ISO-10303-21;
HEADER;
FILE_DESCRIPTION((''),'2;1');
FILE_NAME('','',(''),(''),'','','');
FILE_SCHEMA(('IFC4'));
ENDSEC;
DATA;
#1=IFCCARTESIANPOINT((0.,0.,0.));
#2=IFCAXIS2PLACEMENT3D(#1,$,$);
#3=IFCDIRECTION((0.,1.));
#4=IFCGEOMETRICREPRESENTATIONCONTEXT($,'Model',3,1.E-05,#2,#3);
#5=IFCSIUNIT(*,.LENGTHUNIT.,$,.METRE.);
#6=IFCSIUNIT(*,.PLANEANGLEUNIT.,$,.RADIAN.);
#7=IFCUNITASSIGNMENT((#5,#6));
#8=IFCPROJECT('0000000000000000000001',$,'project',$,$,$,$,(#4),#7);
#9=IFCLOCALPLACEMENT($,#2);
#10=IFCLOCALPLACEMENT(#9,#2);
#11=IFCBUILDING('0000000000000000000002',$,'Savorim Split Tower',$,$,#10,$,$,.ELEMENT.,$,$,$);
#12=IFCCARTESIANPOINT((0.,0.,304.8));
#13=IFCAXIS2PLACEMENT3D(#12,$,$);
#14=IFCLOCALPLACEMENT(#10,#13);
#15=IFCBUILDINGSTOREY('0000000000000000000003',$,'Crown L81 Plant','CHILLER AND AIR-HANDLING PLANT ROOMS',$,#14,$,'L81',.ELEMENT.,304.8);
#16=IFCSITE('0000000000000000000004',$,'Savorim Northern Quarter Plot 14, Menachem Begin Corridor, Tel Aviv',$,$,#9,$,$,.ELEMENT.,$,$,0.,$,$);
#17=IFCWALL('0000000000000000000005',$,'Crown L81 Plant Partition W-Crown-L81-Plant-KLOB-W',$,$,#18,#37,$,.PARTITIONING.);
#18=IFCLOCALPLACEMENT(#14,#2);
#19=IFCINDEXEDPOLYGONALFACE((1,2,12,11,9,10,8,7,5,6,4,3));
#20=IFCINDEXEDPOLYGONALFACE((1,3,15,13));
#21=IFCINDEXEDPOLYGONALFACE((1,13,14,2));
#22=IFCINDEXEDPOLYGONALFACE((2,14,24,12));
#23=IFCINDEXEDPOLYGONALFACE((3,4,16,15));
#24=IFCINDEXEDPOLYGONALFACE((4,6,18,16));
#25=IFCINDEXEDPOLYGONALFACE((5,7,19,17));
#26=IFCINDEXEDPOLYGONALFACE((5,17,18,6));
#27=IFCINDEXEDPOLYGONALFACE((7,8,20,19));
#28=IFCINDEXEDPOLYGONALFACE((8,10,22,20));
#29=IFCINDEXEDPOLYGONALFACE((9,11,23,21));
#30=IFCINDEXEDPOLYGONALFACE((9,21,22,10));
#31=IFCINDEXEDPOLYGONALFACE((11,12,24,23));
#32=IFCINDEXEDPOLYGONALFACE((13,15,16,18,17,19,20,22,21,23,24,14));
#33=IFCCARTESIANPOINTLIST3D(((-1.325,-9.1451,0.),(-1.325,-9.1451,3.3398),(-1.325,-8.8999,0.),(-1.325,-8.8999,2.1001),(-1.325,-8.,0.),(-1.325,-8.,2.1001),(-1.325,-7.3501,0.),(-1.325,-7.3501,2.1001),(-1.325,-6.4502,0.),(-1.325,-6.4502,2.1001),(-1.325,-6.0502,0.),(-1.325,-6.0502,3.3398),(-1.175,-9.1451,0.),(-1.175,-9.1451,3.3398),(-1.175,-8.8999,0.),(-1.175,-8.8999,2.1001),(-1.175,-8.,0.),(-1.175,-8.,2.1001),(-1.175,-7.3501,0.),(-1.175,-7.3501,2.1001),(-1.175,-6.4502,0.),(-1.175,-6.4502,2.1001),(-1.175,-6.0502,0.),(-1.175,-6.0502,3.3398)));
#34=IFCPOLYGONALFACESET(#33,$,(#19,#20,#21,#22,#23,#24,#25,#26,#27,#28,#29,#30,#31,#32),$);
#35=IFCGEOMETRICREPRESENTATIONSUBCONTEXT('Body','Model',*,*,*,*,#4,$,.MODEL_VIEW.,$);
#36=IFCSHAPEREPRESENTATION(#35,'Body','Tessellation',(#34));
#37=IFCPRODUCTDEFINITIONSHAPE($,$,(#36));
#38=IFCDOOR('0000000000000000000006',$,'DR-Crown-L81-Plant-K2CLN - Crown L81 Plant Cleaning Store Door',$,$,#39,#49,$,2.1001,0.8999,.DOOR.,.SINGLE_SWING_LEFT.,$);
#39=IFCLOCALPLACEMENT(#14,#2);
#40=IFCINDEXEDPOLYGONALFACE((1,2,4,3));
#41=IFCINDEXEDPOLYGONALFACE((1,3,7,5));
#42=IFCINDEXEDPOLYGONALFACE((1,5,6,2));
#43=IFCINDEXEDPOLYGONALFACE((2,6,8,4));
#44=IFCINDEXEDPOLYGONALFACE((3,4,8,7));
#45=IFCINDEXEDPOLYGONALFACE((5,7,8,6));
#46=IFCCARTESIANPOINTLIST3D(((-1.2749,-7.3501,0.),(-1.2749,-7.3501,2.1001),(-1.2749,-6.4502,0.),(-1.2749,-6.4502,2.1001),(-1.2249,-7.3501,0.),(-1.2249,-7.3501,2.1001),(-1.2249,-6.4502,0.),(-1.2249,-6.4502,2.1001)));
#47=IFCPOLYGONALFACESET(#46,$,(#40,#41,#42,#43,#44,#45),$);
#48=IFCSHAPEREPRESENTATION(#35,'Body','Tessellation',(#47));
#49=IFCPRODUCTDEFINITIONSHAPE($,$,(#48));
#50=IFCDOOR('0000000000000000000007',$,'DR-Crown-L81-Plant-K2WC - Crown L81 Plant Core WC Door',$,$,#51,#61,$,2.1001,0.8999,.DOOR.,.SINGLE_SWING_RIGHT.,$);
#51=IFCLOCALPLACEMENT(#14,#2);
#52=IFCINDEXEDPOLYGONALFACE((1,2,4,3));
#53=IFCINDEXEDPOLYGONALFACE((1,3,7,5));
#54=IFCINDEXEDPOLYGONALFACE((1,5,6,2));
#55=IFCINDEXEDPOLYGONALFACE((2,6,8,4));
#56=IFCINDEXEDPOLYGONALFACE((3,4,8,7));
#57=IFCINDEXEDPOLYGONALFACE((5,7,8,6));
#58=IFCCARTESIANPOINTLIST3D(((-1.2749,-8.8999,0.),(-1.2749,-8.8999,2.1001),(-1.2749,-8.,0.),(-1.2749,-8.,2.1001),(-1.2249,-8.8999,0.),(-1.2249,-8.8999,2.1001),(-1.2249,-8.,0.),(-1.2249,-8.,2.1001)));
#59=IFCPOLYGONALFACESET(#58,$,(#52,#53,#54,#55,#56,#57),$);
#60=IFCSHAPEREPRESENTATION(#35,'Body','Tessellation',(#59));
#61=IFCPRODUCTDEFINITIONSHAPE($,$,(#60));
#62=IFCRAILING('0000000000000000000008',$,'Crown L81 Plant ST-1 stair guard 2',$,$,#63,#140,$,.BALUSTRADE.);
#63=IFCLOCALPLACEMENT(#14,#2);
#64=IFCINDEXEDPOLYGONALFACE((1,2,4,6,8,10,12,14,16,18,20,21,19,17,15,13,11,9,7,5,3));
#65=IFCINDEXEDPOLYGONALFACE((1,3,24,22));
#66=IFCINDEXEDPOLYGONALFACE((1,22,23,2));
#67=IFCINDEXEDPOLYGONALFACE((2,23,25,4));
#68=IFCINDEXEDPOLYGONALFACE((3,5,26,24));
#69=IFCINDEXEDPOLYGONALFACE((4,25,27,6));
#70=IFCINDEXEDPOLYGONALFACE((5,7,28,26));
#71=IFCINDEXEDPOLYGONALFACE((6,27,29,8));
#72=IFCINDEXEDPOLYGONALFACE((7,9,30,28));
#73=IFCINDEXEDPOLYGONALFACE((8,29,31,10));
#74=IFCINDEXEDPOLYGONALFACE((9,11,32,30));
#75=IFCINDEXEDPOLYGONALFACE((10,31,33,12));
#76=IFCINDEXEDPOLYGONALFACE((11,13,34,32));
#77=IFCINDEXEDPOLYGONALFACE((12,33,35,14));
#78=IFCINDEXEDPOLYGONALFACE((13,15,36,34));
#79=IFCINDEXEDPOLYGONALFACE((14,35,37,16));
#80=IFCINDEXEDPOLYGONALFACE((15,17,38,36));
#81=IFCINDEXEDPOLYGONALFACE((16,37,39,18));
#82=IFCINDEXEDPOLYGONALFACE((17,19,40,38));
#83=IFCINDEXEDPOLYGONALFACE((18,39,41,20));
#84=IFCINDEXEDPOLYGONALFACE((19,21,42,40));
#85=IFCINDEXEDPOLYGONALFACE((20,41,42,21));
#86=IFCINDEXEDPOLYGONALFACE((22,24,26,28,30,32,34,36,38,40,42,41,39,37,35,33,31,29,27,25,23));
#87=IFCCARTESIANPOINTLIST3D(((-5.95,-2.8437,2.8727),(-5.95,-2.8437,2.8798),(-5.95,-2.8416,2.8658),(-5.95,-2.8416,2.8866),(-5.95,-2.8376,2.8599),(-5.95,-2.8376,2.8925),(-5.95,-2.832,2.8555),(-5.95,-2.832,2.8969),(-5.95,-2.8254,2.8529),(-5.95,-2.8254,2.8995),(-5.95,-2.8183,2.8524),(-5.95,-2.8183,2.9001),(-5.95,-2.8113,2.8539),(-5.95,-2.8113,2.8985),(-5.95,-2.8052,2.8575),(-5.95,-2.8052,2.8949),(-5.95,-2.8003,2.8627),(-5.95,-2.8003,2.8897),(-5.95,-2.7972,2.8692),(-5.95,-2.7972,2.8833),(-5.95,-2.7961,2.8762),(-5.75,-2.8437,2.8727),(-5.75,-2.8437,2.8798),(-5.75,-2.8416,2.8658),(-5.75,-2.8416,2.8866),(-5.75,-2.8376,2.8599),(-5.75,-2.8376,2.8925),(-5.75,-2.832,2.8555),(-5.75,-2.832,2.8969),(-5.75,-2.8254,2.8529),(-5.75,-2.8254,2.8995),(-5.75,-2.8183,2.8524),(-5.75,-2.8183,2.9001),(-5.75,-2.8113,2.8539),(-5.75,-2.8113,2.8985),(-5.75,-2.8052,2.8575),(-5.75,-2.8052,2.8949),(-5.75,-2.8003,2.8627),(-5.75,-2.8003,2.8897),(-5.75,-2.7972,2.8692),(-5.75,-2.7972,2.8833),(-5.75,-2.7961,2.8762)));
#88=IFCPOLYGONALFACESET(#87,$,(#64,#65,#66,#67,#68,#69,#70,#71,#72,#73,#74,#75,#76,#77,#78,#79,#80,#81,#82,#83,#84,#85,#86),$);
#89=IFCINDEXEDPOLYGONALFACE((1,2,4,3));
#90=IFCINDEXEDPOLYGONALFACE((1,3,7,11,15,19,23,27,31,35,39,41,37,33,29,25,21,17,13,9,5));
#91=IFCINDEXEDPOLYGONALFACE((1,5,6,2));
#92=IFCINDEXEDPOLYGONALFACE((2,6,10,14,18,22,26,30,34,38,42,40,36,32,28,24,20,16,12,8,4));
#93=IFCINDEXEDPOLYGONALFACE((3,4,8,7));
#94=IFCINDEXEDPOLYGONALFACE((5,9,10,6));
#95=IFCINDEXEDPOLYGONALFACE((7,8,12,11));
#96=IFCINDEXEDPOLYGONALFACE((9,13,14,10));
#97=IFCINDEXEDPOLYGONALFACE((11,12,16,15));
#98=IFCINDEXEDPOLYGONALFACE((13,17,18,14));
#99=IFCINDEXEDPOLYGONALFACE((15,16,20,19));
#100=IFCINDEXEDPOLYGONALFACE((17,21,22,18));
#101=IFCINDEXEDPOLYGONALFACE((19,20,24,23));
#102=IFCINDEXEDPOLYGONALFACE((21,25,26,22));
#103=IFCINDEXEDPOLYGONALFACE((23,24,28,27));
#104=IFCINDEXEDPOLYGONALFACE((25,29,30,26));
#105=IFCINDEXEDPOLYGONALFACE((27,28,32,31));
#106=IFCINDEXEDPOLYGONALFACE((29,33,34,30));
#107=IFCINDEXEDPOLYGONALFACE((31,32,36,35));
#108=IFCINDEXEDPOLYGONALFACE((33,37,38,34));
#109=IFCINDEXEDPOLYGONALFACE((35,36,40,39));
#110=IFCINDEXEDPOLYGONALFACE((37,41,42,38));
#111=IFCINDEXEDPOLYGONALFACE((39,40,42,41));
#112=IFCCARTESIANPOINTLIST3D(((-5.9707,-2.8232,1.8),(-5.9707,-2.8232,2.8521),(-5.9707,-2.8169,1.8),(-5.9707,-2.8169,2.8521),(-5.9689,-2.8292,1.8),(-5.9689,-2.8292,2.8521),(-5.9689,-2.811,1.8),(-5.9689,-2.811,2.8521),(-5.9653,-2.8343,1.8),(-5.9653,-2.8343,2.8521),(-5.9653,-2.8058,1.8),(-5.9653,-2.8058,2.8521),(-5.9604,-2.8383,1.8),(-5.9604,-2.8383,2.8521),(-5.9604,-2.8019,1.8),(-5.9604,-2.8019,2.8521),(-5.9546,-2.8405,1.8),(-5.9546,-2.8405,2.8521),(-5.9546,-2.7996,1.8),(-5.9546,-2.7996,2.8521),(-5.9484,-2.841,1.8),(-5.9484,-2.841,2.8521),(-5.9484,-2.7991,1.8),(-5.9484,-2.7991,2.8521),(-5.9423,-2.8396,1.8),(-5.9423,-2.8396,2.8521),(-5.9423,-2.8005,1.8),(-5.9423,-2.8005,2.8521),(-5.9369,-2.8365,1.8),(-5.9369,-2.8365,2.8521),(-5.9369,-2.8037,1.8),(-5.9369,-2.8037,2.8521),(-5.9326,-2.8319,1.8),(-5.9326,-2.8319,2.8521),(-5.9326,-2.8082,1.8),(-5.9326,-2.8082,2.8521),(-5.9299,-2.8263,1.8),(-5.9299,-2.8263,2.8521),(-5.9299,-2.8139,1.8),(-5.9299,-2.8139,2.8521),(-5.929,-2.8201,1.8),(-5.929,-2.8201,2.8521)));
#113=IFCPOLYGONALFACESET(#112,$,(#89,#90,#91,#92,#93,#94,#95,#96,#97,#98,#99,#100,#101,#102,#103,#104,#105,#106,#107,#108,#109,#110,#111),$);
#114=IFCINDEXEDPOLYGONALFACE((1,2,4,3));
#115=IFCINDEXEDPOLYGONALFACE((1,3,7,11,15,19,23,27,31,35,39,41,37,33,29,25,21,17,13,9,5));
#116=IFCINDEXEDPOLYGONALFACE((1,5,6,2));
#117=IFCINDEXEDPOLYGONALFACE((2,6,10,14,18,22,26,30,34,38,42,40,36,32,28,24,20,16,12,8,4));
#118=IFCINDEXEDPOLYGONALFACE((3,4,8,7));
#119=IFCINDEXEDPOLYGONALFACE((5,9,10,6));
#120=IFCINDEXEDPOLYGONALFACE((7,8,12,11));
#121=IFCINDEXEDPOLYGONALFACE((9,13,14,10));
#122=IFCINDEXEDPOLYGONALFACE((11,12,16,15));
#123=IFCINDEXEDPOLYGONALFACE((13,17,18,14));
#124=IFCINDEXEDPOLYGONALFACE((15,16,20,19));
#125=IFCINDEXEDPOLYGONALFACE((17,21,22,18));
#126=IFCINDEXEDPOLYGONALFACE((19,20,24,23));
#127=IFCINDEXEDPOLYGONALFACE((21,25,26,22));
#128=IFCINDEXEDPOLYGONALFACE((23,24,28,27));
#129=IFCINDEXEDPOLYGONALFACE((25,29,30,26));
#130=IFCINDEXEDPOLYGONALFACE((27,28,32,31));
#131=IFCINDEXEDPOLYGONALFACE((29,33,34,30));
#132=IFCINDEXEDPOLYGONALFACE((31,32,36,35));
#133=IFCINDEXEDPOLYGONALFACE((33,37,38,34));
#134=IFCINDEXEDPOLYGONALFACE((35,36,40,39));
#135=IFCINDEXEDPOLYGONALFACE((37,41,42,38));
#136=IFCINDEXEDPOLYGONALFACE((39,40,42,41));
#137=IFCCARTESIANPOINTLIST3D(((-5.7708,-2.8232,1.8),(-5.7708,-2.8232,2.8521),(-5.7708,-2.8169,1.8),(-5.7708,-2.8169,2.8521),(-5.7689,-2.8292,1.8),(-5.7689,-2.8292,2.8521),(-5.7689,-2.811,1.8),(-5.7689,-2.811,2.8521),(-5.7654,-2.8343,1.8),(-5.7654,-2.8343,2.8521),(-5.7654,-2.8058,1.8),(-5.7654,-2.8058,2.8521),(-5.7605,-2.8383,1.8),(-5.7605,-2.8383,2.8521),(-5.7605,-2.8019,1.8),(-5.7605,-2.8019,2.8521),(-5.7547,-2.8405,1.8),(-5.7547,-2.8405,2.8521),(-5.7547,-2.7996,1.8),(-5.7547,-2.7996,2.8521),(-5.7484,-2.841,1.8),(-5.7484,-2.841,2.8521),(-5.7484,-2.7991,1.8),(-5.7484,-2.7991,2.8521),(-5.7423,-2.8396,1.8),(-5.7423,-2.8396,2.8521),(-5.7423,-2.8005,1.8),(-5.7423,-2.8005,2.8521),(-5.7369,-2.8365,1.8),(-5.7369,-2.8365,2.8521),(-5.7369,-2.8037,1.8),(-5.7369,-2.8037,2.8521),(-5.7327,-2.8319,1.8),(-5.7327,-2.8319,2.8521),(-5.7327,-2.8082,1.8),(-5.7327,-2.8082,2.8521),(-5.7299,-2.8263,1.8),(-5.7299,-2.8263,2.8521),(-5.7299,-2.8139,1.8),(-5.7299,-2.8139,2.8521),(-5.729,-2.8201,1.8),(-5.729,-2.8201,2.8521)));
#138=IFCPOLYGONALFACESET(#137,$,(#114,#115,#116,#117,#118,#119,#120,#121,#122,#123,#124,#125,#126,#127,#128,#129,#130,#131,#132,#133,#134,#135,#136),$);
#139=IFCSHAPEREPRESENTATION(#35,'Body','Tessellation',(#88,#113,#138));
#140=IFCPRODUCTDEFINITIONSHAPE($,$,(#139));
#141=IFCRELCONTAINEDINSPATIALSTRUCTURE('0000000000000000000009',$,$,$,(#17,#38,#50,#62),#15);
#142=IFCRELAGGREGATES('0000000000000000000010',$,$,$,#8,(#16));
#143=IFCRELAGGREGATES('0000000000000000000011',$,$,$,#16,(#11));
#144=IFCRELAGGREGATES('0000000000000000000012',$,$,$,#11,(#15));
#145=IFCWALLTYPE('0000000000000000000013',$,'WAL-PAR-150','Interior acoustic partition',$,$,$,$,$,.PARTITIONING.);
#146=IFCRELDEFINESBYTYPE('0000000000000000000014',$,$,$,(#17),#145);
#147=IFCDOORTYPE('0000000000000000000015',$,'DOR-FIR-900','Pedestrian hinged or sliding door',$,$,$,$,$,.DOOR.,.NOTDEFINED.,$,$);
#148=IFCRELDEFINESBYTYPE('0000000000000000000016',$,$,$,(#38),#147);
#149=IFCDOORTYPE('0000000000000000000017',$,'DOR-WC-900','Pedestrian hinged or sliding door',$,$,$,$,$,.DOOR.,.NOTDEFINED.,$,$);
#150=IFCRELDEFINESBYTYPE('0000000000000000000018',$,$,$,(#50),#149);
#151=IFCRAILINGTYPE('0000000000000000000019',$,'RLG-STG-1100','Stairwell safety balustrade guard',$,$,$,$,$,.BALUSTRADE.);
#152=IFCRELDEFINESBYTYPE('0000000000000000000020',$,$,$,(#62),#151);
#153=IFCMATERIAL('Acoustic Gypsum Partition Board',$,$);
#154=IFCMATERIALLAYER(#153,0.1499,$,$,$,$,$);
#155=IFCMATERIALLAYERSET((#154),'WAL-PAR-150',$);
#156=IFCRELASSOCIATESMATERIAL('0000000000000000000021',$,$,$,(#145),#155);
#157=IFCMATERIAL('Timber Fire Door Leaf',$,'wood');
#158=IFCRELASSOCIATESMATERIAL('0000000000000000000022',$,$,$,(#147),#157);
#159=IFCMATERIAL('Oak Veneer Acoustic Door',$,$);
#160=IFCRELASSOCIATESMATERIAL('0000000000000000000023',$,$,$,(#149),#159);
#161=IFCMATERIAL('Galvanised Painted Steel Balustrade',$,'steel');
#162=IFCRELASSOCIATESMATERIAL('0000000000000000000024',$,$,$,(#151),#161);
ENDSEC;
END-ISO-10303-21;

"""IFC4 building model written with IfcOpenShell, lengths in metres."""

from ifc_helpers import new_model, si_unit, direction, frame, frame_2d, origin, origin_2d, place, context, subcontext, project, spatial, rectangle, circle, extrude, material, layer, layer_set, type_object, element, fill, save


model = new_model("IFC4")

# Units and contexts
model_context = context("Model", 3, precision=1e-05, world=origin(), true_north=direction((0.0, 1.0)))
body_context = subcontext(model_context, "Body", "Model", "MODEL_VIEW")
ifc_project = project(units=[si_unit("LENGTHUNIT", "METRE"), si_unit("PLANEANGLEUNIT", "RADIAN")], contexts=[model_context])

# Site, building, storey
site_placement = place(None, origin())
site = spatial("IfcSite", under=ifc_project, at=site_placement, Name="Savorim Northern Quarter Plot 14, Menachem Begin Corridor, Tel Aviv", CompositionType="ELEMENT", RefElevation=0.0)
building_placement = place(site_placement, origin())
building = spatial("IfcBuilding", under=site, at=building_placement, Name="Savorim Split Tower", CompositionType="ELEMENT")
storey_placement = place(building_placement, frame((0.0, 0.0, 304.8)))
storey = spatial("IfcBuildingStorey", under=building, at=storey_placement, Name="Crown L81 Plant", Description="CHILLER AND AIR-HANDLING PLANT ROOMS", LongName="L81", CompositionType="ELEMENT", Elevation=304.8)

# Shared definitions
ifc_material_1 = material(Name="Timber Fire Door Leaf", Category="wood")

# Wall, openings, doors
ifc_material_2 = material(Name="Acoustic Gypsum Partition Board")
ifc_layer_1 = layer(ifc_material_2, 0.1499)
ifc_layer_set_1 = layer_set([ifc_layer_1], Name="WAL-PAR-150")
wall_type_1 = type_object("IfcWallType", Name="WAL-PAR-150", Description="Interior acoustic partition", PredefinedType="PARTITIONING", material=ifc_layer_set_1)
wall_1_placement = place(storey_placement, frame((-1.25, -9.145, 0.0), z_axis=(0.0, 0.0, 1.0), x_axis=(0.0, 1.0, 0.0)))
wall_1 = element("IfcWall", 1, at=wall_1_placement, inside=storey, type_object=wall_type_1, Name="Crown L81 Plant Partition W-Crown-L81-Plant-KLOB-W", PredefinedType="PARTITIONING", context=body_context, shape_type="SweptSolid", body=[
    extrude(rectangle(XDim=3.095, YDim=0.1499, at=frame_2d((1.5474, 0.0))), origin(), (0.0, 0.0, 1.0), 3.3398),
])
opening_1_placement = place(wall_1_placement, frame((1.7949, 0.0, 0.0)))
opening_1 = element("IfcOpeningElement", 2, at=opening_1_placement, cuts=wall_1, PredefinedType="OPENING", context=body_context, shape_type="SweptSolid", body=[
    extrude(rectangle(XDim=0.8999, YDim=2.1001, at=frame_2d((0.45, 1.05))), frame((0.0, 0.085, 0.0), z_axis=(0.0, -1.0, 0.0), x_axis=(1.0, 0.0, 0.0)), (0.0, 0.0, 1.0), 0.1699),
])
opening_2_placement = place(wall_1_placement, frame((0.2451, 0.0, 0.0)))
opening_2 = element("IfcOpeningElement", 3, at=opening_2_placement, cuts=wall_1, PredefinedType="OPENING", context=body_context, shape_type="SweptSolid", body=[
    extrude(rectangle(XDim=0.8999, YDim=2.1001, at=frame_2d((0.45, 1.05))), frame((0.0, 0.085, 0.0), z_axis=(0.0, -1.0, 0.0), x_axis=(1.0, 0.0, 0.0)), (0.0, 0.0, 1.0), 0.1699),
])
door_type_1 = type_object("IfcDoorType", Name="DOR-FIR-900", Description="Pedestrian hinged or sliding door", OperationType="NOTDEFINED", PredefinedType="DOOR", material=ifc_material_1)
door_1_placement = place(opening_1_placement, origin())
door_1 = element("IfcDoor", 4, at=door_1_placement, inside=storey, type_object=door_type_1, Name="DR-Crown-L81-Plant-K2CLN - Crown L81 Plant Cleaning Store Door", OperationType="SINGLE_SWING_LEFT", OverallHeight=2.1001, OverallWidth=0.8999, PredefinedType="DOOR", context=body_context, shape_type="SweptSolid", body=[
    extrude(rectangle(XDim=0.8999, YDim=2.1001, at=frame_2d((0.45, 1.05))), frame((0.0, 0.0249, 0.0), z_axis=(0.0, -1.0, 0.0), x_axis=(1.0, 0.0, 0.0)), (0.0, 0.0, 1.0), 0.05),
])
fill(opening_1, door_1)
ifc_material_3 = material(Name="Oak Veneer Acoustic Door")
door_type_2 = type_object("IfcDoorType", Name="DOR-WC-900", Description="Pedestrian hinged or sliding door", OperationType="NOTDEFINED", PredefinedType="DOOR", material=ifc_material_3)
door_2_placement = place(opening_2_placement, origin())
door_2 = element("IfcDoor", 5, at=door_2_placement, inside=storey, type_object=door_type_2, Name="DR-Crown-L81-Plant-K2WC - Crown L81 Plant Core WC Door", OperationType="SINGLE_SWING_RIGHT", OverallHeight=2.1001, OverallWidth=0.8999, PredefinedType="DOOR", context=body_context, shape_type="SweptSolid", body=[
    extrude(rectangle(XDim=0.8999, YDim=2.1001, at=frame_2d((0.45, 1.05))), frame((0.0, 0.0249, 0.0), z_axis=(0.0, -1.0, 0.0), x_axis=(1.0, 0.0, 0.0)), (0.0, 0.0, 1.0), 0.05),
])
fill(opening_2, door_2)

# Railing
ifc_material_4 = material(Name="Galvanised Painted Steel Balustrade", Category="steel")
railing_type = type_object("IfcRailingType", Name="RLG-STG-1100", Description="Stairwell safety balustrade guard", PredefinedType="BALUSTRADE", material=ifc_material_4)
railing_1_placement = place(storey_placement, frame((-5.95, -2.8201, 1.8)))
element("IfcRailing", 6, at=railing_1_placement, inside=storey, type_object=railing_type, Name="Crown L81 Plant ST-1 stair guard 2", PredefinedType="BALUSTRADE", context=body_context, shape_type="SweptSolid", body=[
    extrude(circle(Radius=0.0239, at=origin_2d()), frame((0.0, 0.0, 1.0762), z_axis=(1.0, 0.0, 0.0), x_axis=(0.0, 1.0, 0.0)), (0.0, 0.0, 1.0), 0.2),
    extrude(circle(Radius=0.021, at=origin_2d()), origin(), (0.0, 0.0, 1.0), 1.052),
    extrude(circle(Radius=0.021, at=origin_2d()), frame((0.2, 0.0, 0.0)), (0.0, 0.0, 1.0), 1.052),
])

save(model, "model.ifc")
